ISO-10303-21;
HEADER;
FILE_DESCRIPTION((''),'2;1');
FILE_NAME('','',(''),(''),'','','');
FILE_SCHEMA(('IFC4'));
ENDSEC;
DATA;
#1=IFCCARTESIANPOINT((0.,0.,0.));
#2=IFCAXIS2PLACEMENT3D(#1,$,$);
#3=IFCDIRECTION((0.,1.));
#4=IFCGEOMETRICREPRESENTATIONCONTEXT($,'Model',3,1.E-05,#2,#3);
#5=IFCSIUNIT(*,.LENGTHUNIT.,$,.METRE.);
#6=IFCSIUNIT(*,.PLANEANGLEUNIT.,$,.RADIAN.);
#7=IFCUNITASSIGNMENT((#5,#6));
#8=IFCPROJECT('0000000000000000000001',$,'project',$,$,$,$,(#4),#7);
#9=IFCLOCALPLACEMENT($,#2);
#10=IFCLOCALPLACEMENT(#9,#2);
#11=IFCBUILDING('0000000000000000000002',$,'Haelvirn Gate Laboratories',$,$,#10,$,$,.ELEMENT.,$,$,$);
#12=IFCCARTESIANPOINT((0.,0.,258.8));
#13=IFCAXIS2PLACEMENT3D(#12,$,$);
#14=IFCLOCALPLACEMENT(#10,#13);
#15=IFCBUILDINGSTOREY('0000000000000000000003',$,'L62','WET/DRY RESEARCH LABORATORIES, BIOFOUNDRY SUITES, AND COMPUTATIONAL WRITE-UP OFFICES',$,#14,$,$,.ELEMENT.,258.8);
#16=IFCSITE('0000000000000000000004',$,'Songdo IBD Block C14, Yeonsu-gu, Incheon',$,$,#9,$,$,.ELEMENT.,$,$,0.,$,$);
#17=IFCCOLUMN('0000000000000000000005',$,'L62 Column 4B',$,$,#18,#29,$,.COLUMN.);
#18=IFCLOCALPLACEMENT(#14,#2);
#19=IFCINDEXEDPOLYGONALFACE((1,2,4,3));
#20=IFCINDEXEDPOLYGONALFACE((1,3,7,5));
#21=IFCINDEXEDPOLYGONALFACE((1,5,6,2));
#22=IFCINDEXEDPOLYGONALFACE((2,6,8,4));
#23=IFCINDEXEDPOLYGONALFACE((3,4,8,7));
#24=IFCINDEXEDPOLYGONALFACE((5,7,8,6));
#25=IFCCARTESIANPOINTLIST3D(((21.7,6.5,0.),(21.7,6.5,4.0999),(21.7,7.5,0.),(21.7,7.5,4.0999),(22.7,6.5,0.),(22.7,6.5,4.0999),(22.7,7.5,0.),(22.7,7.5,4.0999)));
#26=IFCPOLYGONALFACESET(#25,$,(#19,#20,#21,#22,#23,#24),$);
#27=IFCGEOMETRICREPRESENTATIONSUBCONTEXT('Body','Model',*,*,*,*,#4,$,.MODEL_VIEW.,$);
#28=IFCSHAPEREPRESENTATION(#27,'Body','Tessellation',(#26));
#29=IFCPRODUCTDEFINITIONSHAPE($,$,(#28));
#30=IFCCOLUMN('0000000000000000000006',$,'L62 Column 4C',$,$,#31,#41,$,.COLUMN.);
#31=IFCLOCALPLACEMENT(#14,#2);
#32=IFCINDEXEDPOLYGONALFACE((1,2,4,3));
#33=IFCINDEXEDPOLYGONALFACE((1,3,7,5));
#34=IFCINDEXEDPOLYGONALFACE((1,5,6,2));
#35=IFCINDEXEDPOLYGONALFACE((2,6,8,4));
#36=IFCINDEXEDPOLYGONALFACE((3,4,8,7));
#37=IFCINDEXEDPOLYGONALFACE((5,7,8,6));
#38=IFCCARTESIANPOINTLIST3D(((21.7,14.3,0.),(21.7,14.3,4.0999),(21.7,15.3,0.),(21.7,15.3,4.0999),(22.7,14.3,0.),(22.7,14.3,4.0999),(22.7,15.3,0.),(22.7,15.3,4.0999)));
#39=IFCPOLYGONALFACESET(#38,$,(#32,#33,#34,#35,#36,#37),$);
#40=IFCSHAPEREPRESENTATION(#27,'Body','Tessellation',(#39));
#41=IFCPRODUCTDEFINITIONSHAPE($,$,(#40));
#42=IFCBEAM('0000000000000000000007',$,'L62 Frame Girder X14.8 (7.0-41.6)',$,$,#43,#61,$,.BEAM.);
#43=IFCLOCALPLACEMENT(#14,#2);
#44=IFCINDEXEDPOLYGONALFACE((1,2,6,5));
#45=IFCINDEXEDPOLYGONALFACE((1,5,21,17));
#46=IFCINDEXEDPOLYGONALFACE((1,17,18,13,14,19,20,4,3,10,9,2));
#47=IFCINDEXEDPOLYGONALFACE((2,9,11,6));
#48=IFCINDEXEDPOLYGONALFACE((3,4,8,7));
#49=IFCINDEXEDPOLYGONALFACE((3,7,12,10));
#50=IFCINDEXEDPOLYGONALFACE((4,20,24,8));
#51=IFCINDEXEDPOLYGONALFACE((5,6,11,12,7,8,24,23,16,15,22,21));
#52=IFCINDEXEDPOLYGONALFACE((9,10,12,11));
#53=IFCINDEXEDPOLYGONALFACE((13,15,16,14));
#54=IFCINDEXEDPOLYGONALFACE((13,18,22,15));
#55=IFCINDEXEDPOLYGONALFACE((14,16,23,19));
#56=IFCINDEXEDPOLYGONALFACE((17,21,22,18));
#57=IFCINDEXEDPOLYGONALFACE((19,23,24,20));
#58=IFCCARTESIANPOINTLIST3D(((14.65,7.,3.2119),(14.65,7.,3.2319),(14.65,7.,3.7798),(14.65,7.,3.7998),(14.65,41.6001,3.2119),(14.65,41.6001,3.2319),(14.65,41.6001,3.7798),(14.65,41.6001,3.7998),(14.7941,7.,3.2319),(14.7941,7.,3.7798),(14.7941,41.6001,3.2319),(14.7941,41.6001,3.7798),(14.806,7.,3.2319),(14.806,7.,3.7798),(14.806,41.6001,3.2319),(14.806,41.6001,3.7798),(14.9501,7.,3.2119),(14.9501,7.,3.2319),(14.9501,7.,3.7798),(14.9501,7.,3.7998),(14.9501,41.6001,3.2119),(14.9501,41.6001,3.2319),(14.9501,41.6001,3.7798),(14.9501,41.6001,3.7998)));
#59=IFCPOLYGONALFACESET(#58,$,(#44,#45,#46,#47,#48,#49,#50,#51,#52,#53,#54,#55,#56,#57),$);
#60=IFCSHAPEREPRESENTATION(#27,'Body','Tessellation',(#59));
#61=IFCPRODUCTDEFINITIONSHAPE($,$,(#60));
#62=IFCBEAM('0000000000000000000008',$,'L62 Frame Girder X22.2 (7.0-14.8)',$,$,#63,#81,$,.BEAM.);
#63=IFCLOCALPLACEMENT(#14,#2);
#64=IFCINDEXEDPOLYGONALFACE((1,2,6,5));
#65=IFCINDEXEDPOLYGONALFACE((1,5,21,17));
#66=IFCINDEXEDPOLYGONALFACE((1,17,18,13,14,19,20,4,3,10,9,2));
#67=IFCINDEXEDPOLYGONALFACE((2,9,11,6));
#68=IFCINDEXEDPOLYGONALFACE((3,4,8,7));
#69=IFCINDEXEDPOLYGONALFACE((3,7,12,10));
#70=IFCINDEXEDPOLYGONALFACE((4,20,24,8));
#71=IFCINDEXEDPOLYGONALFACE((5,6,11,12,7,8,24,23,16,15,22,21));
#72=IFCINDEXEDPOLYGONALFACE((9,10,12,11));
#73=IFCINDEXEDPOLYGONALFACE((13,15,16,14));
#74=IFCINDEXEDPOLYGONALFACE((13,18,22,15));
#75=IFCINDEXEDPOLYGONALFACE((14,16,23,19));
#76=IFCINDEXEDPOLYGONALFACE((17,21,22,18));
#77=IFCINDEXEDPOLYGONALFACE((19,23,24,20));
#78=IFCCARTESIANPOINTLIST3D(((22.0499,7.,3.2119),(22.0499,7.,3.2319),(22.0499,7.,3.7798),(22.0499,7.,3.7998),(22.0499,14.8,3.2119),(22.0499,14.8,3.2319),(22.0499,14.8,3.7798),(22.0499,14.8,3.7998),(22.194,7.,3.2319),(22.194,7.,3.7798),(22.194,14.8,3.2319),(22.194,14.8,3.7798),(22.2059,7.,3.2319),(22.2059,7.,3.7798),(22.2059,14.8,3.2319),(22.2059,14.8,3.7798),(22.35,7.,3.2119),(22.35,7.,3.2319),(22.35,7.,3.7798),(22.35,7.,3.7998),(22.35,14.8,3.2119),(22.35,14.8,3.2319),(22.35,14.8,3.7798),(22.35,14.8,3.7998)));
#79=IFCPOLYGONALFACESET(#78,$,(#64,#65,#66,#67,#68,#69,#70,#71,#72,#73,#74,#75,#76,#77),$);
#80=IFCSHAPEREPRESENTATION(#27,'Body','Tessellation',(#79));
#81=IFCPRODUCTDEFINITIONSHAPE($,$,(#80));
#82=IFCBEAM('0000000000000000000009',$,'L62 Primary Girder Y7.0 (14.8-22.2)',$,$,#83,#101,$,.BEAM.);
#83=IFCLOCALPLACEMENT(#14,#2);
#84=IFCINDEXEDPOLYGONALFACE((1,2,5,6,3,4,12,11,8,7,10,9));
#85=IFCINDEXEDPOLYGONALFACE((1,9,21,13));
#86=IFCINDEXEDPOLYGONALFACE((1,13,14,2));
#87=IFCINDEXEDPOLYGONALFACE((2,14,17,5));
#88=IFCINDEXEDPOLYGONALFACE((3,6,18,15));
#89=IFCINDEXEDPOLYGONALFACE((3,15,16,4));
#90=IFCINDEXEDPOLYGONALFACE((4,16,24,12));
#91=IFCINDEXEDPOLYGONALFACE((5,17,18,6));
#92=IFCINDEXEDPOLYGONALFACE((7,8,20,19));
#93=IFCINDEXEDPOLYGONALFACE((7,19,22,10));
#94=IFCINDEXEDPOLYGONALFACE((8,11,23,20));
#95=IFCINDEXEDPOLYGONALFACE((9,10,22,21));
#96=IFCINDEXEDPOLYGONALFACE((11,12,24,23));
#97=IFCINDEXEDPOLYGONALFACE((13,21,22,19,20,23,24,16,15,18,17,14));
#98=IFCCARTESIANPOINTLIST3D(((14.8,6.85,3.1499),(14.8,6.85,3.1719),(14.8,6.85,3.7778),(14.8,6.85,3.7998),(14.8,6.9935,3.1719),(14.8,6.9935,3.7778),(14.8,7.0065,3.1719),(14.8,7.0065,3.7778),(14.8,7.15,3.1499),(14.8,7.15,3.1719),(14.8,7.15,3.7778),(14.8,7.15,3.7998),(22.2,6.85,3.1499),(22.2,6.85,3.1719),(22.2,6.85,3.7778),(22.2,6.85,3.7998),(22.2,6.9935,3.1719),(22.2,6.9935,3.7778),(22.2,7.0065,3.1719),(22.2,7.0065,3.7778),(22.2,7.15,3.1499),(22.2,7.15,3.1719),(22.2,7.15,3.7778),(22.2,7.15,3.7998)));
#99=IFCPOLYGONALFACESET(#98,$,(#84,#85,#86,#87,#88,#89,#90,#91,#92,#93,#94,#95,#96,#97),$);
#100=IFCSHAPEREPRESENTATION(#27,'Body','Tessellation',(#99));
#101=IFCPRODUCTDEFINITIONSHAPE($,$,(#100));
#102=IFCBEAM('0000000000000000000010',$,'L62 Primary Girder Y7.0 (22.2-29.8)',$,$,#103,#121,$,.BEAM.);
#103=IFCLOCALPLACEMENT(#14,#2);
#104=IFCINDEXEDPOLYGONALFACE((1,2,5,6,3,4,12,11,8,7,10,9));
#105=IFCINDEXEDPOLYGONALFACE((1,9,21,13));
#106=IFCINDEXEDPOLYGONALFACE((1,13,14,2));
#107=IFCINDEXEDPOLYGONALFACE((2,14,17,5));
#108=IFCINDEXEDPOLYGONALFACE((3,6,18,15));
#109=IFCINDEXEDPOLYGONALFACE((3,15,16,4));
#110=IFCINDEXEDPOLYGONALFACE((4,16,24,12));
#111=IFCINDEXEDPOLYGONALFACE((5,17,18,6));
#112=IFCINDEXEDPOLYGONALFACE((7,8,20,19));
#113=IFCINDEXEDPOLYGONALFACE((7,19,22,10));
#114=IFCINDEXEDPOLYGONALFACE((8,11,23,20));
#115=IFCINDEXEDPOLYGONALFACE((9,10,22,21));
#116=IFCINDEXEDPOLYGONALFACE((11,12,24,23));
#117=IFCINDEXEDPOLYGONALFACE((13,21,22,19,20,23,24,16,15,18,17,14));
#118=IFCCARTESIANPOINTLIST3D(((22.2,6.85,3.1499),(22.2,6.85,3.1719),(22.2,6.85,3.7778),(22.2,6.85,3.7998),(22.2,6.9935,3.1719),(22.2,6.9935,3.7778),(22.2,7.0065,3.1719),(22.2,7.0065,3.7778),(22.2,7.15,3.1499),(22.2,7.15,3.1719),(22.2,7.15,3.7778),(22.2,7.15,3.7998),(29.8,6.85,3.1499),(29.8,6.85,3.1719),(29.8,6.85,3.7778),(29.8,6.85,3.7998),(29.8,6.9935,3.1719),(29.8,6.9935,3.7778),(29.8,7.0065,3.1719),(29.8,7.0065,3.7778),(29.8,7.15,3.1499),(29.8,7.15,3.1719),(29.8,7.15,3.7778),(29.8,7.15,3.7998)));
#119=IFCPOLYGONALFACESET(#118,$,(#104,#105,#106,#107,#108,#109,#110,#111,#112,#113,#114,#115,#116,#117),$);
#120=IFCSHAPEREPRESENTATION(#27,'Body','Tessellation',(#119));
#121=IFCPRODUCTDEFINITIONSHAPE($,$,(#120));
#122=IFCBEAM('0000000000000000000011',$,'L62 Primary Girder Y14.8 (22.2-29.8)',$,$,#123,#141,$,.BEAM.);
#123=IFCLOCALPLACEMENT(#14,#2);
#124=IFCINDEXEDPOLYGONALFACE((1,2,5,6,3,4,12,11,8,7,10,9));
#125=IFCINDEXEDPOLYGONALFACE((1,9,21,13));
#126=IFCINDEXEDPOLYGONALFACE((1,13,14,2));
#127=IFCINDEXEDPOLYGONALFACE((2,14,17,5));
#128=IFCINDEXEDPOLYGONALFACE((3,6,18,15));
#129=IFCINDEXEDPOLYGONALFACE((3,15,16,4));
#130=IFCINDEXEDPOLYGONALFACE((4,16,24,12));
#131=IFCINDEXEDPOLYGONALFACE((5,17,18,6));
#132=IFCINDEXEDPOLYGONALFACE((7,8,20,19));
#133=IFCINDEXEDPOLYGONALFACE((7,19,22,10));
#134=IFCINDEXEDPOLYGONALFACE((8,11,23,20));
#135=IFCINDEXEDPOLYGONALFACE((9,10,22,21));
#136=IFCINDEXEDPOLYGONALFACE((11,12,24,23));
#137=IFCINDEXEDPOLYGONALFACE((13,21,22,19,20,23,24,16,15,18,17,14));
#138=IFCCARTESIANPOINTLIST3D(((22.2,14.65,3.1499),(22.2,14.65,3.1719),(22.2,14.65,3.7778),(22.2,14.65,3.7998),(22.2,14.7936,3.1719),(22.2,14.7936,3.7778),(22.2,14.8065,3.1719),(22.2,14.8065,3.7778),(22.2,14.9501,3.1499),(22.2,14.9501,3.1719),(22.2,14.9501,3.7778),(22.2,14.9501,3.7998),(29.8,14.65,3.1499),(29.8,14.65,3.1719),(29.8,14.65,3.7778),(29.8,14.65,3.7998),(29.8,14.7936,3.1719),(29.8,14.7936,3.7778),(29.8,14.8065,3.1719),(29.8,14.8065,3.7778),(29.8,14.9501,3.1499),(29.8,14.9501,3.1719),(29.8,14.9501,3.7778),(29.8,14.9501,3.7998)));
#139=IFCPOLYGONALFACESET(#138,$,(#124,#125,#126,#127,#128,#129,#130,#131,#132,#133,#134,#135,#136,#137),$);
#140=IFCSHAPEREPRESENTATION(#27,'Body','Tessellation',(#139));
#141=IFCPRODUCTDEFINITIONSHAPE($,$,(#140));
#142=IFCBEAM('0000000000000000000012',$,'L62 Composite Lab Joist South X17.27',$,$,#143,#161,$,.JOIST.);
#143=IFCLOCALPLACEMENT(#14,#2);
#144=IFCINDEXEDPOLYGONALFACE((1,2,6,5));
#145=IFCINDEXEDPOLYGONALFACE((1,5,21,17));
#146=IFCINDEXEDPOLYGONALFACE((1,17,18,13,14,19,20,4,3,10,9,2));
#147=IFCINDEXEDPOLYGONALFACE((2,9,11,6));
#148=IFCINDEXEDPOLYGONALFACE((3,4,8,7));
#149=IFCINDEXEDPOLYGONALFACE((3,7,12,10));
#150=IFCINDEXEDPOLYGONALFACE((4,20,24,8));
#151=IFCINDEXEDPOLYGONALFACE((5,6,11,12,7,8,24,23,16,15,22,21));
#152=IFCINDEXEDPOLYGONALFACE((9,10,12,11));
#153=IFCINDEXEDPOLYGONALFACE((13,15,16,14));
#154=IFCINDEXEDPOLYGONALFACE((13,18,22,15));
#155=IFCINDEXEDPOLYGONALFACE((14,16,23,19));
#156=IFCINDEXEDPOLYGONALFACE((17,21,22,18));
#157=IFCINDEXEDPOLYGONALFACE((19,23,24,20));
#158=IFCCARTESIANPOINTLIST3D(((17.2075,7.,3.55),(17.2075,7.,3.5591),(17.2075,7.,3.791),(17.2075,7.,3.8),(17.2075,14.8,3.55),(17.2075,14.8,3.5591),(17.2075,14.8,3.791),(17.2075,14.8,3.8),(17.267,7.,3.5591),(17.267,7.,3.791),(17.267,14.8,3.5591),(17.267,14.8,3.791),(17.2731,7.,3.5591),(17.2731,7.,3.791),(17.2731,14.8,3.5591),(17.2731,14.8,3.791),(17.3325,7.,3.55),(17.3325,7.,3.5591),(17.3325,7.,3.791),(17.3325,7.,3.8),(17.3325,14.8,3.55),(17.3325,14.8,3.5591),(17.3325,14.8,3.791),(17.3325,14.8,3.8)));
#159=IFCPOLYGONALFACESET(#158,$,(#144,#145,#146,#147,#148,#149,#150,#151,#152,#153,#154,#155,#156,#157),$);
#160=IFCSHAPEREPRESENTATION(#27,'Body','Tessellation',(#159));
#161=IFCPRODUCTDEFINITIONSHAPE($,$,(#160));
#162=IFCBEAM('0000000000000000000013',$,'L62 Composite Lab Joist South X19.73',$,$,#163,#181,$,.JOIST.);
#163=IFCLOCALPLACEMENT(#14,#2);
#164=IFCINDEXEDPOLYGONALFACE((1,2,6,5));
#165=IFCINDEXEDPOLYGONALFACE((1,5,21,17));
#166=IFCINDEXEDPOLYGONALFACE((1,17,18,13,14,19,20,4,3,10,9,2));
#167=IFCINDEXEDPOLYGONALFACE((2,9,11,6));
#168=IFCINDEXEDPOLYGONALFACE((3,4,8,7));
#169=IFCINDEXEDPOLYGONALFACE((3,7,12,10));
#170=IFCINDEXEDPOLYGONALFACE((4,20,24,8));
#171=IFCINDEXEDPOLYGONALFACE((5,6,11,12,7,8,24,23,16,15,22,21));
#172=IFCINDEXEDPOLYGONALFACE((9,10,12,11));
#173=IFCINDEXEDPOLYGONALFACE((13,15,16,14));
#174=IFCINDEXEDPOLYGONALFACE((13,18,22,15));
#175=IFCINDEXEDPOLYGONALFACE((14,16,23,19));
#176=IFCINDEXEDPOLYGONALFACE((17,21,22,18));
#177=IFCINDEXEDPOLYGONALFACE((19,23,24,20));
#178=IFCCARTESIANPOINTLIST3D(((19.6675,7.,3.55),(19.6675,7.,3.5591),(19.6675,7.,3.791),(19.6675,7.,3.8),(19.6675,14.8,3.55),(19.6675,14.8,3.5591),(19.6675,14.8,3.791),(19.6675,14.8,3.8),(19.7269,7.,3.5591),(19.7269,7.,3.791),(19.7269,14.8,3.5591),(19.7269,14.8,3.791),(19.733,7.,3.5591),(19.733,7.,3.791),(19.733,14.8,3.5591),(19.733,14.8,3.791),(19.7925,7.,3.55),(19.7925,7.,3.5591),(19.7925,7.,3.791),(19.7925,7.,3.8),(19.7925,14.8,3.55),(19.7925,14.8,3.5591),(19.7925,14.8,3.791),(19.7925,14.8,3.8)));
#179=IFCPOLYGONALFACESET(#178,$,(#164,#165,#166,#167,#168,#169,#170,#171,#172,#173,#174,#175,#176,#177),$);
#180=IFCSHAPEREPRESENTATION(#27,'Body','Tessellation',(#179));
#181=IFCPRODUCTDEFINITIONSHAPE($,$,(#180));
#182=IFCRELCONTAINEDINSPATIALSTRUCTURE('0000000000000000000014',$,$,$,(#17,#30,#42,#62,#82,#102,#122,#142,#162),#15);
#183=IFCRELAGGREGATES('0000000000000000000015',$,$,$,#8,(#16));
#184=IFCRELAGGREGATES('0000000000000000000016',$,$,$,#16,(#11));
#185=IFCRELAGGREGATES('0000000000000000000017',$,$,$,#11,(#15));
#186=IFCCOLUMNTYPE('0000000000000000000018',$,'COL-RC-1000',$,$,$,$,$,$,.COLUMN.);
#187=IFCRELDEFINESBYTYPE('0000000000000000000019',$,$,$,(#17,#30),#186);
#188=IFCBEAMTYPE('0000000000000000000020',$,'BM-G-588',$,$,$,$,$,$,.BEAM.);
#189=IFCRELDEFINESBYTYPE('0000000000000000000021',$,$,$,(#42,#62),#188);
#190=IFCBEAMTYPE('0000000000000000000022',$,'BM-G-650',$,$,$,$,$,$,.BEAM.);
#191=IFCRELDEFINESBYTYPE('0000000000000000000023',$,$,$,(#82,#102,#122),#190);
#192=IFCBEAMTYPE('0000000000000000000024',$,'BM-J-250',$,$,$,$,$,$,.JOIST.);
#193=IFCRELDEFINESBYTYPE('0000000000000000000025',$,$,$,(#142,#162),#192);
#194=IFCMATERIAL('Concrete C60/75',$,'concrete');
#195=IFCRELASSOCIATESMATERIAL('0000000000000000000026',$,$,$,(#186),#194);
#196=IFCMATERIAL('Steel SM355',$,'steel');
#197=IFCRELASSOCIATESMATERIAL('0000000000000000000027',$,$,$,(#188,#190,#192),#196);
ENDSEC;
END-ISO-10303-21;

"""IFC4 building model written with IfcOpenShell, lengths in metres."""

from ifc_helpers import new_model, si_unit, direction, frame, origin, origin_2d, place, context, subcontext, project, spatial, rectangle, i_section, extrude, source, transform, mapped, material, material_profile, profile_set, type_object, type_shapes, element, save


model = new_model("IFC4")

# Units and contexts
model_context = context("Model", 3, precision=1e-05, world=origin(), true_north=direction((0.0, 1.0)))
body_context = subcontext(model_context, "Body", "Model", "MODEL_VIEW")
ifc_project = project(units=[si_unit("LENGTHUNIT", "METRE"), si_unit("PLANEANGLEUNIT", "RADIAN")], contexts=[model_context])

# Site, building, storey
site_placement = place(None, origin())
site = spatial("IfcSite", under=ifc_project, at=site_placement, Name="Songdo IBD Block C14, Yeonsu-gu, Incheon", CompositionType="ELEMENT", RefElevation=0.0)
building_placement = place(site_placement, origin())
building = spatial("IfcBuilding", under=site, at=building_placement, Name="Haelvirn Gate Laboratories", CompositionType="ELEMENT")
storey_placement = place(building_placement, frame((0.0, 0.0, 258.8)))
storey = spatial("IfcBuildingStorey", under=building, at=storey_placement, Name="L62", Description="WET/DRY RESEARCH LABORATORIES, BIOFOUNDRY SUITES, AND COMPUTATIONAL WRITE-UP OFFICES", CompositionType="ELEMENT", Elevation=258.8)

# Columns
ifc_material_1 = material(Name="Concrete C60/75", Category="concrete")
ifc_material_profile_1 = material_profile(ifc_material_1, rectangle(XDim=1.0, YDim=1.0, at=origin_2d()), Name="RC-1000x1000")
ifc_profile_set_1 = profile_set([ifc_material_profile_1], Name="Concrete C60/75")
column_type = type_object("IfcColumnType", Name="COL-RC-1000", PredefinedType="COLUMN", material=ifc_profile_set_1)
shared_shape_1 = source(origin(), body_context, "Body", "SweptSolid", [
    extrude(rectangle(XDim=1.0, YDim=1.0, at=origin_2d()), origin(), (0.0, 0.0, 1.0), 4.0999),
])
type_shapes(column_type, [shared_shape_1])
for number, where, z_axis, x_axis, name in (
    (1, (22.2, 7.0, 0.0), (0.0, 0.0, 1.0), (1.0, 0.0, 0.0), "L62 Column 4B"),
    (2, (22.2, 14.8, 0.0), (0.0, 0.0, 1.0), (1.0, 0.0, 0.0), "L62 Column 4C"),
):
    element("IfcColumn", number, at=place(storey_placement, frame(where, z_axis=z_axis, x_axis=x_axis)), inside=storey, type_object=column_type, Name=name, PredefinedType="COLUMN", context=body_context, shape_type="MappedRepresentation", body=[
        mapped(shared_shape_1, transform((0.0, 0.0, 0.0), scale=1.0)),
    ])

# Beams
ifc_material_2 = material(Name="Steel SM355", Category="steel")
ifc_material_profile_2 = material_profile(ifc_material_2, i_section(OverallWidth=0.3, OverallDepth=0.5879, WebThickness=0.012, FlangeThickness=0.02, at=origin_2d()), Name="H-588x300x12x20")
ifc_profile_set_2 = profile_set([ifc_material_profile_2], Name="Steel SM355")
beam_type_1 = type_object("IfcBeamType", Name="BM-G-588", PredefinedType="BEAM", material=ifc_profile_set_2)
shared_shape_2 = source(origin(), body_context, "Body", "SweptSolid", [
    extrude(i_section(OverallWidth=0.3, OverallDepth=0.5879, WebThickness=0.012, FlangeThickness=0.02, at=origin_2d()), origin(), (0.0, 0.0, 1.0), 34.6001),
])
beam_1_placement = place(storey_placement, frame((14.8, 7.0, 3.5059), z_axis=(0.0, 1.0, 0.0), x_axis=(-1.0, 0.0, 0.0)))
element("IfcBeam", 3, at=beam_1_placement, inside=storey, type_object=beam_type_1, Name="L62 Frame Girder X14.8 (7.0-41.6)", PredefinedType="BEAM", context=body_context, shape_type="MappedRepresentation", body=[
    mapped(shared_shape_2, transform((0.0, 0.0, 0.0), scale=1.0)),
])
shared_shape_3 = source(origin(), body_context, "Body", "SweptSolid", [
    extrude(i_section(OverallWidth=0.3, OverallDepth=0.5879, WebThickness=0.012, FlangeThickness=0.02, at=origin_2d()), origin(), (0.0, 0.0, 1.0), 7.8),
])
type_shapes(beam_type_1, [shared_shape_2, shared_shape_3])
beam_2_placement = place(storey_placement, frame((22.2, 7.0, 3.5059), z_axis=(0.0, 1.0, 0.0), x_axis=(-1.0, 0.0, 0.0)))
element("IfcBeam", 4, at=beam_2_placement, inside=storey, type_object=beam_type_1, Name="L62 Frame Girder X22.2 (7.0-14.8)", PredefinedType="BEAM", context=body_context, shape_type="MappedRepresentation", body=[
    mapped(shared_shape_3, transform((0.0, 0.0, 0.0), scale=1.0)),
])
ifc_material_profile_3 = material_profile(ifc_material_2, i_section(OverallWidth=0.3, OverallDepth=0.6499, WebThickness=0.0129, FlangeThickness=0.022, at=origin_2d()), Name="H-650x300x13x22")
ifc_profile_set_3 = profile_set([ifc_material_profile_3], Name="Steel SM355")
beam_type_2 = type_object("IfcBeamType", Name="BM-G-650", PredefinedType="BEAM", material=ifc_profile_set_3)
shared_shape_4 = source(origin(), body_context, "Body", "SweptSolid", [
    extrude(i_section(OverallWidth=0.3, OverallDepth=0.6499, WebThickness=0.0129, FlangeThickness=0.022, at=origin_2d()), origin(), (0.0, 0.0, 1.0), 7.3999),
])
beam_3_placement = place(storey_placement, frame((14.8, 7.0, 3.4749), z_axis=(1.0, 0.0, 0.0), x_axis=(0.0, 1.0, 0.0)))
element("IfcBeam", 5, at=beam_3_placement, inside=storey, type_object=beam_type_2, Name="L62 Primary Girder Y7.0 (14.8-22.2)", PredefinedType="BEAM", context=body_context, shape_type="MappedRepresentation", body=[
    mapped(shared_shape_4, transform((0.0, 0.0, 0.0), scale=1.0)),
])
shared_shape_5 = source(origin(), body_context, "Body", "SweptSolid", [
    extrude(i_section(OverallWidth=0.3, OverallDepth=0.6499, WebThickness=0.0129, FlangeThickness=0.022, at=origin_2d()), origin(), (0.0, 0.0, 1.0), 7.6001),
])
type_shapes(beam_type_2, [shared_shape_4, shared_shape_5])
for number, where, z_axis, x_axis, name in (
    (6, (22.2, 7.0, 3.4749), (1.0, 0.0, 0.0), (0.0, 1.0, 0.0), "L62 Primary Girder Y7.0 (22.2-29.8)"),
    (7, (22.2, 14.8, 3.4749), (1.0, 0.0, 0.0), (0.0, 1.0, 0.0), "L62 Primary Girder Y14.8 (22.2-29.8)"),
):
    element("IfcBeam", number, at=place(storey_placement, frame(where, z_axis=z_axis, x_axis=x_axis)), inside=storey, type_object=beam_type_2, Name=name, PredefinedType="BEAM", context=body_context, shape_type="MappedRepresentation", body=[
        mapped(shared_shape_5, transform((0.0, 0.0, 0.0), scale=1.0)),
    ])
ifc_material_profile_4 = material_profile(ifc_material_2, i_section(OverallWidth=0.125, OverallDepth=0.25, WebThickness=0.0061, FlangeThickness=0.009, at=origin_2d()), Name="H-250x125x6x9")
ifc_profile_set_4 = profile_set([ifc_material_profile_4], Name="Steel SM355")
beam_type_3 = type_object("IfcBeamType", Name="BM-J-250", PredefinedType="JOIST", material=ifc_profile_set_4)
shared_shape_6 = source(origin(), body_context, "Body", "SweptSolid", [
    extrude(i_section(OverallWidth=0.125, OverallDepth=0.25, WebThickness=0.0061, FlangeThickness=0.009, at=origin_2d()), origin(), (0.0, 0.0, 1.0), 7.8),
])
type_shapes(beam_type_3, [shared_shape_6])
for number, where, z_axis, x_axis, name in (
    (8, (17.27, 7.0, 3.675), (0.0, 1.0, 0.0), (-1.0, 0.0, 0.0), "L62 Composite Lab Joist South X17.27"),
    (9, (19.73, 7.0, 3.675), (0.0, 1.0, 0.0), (-1.0, 0.0, 0.0), "L62 Composite Lab Joist South X19.73"),
):
    element("IfcBeam", number, at=place(storey_placement, frame(where, z_axis=z_axis, x_axis=x_axis)), inside=storey, type_object=beam_type_3, Name=name, PredefinedType="JOIST", context=body_context, shape_type="MappedRepresentation", body=[
        mapped(shared_shape_6, transform((0.0, 0.0, 0.0), scale=1.0)),
    ])

save(model, "model.ifc")
